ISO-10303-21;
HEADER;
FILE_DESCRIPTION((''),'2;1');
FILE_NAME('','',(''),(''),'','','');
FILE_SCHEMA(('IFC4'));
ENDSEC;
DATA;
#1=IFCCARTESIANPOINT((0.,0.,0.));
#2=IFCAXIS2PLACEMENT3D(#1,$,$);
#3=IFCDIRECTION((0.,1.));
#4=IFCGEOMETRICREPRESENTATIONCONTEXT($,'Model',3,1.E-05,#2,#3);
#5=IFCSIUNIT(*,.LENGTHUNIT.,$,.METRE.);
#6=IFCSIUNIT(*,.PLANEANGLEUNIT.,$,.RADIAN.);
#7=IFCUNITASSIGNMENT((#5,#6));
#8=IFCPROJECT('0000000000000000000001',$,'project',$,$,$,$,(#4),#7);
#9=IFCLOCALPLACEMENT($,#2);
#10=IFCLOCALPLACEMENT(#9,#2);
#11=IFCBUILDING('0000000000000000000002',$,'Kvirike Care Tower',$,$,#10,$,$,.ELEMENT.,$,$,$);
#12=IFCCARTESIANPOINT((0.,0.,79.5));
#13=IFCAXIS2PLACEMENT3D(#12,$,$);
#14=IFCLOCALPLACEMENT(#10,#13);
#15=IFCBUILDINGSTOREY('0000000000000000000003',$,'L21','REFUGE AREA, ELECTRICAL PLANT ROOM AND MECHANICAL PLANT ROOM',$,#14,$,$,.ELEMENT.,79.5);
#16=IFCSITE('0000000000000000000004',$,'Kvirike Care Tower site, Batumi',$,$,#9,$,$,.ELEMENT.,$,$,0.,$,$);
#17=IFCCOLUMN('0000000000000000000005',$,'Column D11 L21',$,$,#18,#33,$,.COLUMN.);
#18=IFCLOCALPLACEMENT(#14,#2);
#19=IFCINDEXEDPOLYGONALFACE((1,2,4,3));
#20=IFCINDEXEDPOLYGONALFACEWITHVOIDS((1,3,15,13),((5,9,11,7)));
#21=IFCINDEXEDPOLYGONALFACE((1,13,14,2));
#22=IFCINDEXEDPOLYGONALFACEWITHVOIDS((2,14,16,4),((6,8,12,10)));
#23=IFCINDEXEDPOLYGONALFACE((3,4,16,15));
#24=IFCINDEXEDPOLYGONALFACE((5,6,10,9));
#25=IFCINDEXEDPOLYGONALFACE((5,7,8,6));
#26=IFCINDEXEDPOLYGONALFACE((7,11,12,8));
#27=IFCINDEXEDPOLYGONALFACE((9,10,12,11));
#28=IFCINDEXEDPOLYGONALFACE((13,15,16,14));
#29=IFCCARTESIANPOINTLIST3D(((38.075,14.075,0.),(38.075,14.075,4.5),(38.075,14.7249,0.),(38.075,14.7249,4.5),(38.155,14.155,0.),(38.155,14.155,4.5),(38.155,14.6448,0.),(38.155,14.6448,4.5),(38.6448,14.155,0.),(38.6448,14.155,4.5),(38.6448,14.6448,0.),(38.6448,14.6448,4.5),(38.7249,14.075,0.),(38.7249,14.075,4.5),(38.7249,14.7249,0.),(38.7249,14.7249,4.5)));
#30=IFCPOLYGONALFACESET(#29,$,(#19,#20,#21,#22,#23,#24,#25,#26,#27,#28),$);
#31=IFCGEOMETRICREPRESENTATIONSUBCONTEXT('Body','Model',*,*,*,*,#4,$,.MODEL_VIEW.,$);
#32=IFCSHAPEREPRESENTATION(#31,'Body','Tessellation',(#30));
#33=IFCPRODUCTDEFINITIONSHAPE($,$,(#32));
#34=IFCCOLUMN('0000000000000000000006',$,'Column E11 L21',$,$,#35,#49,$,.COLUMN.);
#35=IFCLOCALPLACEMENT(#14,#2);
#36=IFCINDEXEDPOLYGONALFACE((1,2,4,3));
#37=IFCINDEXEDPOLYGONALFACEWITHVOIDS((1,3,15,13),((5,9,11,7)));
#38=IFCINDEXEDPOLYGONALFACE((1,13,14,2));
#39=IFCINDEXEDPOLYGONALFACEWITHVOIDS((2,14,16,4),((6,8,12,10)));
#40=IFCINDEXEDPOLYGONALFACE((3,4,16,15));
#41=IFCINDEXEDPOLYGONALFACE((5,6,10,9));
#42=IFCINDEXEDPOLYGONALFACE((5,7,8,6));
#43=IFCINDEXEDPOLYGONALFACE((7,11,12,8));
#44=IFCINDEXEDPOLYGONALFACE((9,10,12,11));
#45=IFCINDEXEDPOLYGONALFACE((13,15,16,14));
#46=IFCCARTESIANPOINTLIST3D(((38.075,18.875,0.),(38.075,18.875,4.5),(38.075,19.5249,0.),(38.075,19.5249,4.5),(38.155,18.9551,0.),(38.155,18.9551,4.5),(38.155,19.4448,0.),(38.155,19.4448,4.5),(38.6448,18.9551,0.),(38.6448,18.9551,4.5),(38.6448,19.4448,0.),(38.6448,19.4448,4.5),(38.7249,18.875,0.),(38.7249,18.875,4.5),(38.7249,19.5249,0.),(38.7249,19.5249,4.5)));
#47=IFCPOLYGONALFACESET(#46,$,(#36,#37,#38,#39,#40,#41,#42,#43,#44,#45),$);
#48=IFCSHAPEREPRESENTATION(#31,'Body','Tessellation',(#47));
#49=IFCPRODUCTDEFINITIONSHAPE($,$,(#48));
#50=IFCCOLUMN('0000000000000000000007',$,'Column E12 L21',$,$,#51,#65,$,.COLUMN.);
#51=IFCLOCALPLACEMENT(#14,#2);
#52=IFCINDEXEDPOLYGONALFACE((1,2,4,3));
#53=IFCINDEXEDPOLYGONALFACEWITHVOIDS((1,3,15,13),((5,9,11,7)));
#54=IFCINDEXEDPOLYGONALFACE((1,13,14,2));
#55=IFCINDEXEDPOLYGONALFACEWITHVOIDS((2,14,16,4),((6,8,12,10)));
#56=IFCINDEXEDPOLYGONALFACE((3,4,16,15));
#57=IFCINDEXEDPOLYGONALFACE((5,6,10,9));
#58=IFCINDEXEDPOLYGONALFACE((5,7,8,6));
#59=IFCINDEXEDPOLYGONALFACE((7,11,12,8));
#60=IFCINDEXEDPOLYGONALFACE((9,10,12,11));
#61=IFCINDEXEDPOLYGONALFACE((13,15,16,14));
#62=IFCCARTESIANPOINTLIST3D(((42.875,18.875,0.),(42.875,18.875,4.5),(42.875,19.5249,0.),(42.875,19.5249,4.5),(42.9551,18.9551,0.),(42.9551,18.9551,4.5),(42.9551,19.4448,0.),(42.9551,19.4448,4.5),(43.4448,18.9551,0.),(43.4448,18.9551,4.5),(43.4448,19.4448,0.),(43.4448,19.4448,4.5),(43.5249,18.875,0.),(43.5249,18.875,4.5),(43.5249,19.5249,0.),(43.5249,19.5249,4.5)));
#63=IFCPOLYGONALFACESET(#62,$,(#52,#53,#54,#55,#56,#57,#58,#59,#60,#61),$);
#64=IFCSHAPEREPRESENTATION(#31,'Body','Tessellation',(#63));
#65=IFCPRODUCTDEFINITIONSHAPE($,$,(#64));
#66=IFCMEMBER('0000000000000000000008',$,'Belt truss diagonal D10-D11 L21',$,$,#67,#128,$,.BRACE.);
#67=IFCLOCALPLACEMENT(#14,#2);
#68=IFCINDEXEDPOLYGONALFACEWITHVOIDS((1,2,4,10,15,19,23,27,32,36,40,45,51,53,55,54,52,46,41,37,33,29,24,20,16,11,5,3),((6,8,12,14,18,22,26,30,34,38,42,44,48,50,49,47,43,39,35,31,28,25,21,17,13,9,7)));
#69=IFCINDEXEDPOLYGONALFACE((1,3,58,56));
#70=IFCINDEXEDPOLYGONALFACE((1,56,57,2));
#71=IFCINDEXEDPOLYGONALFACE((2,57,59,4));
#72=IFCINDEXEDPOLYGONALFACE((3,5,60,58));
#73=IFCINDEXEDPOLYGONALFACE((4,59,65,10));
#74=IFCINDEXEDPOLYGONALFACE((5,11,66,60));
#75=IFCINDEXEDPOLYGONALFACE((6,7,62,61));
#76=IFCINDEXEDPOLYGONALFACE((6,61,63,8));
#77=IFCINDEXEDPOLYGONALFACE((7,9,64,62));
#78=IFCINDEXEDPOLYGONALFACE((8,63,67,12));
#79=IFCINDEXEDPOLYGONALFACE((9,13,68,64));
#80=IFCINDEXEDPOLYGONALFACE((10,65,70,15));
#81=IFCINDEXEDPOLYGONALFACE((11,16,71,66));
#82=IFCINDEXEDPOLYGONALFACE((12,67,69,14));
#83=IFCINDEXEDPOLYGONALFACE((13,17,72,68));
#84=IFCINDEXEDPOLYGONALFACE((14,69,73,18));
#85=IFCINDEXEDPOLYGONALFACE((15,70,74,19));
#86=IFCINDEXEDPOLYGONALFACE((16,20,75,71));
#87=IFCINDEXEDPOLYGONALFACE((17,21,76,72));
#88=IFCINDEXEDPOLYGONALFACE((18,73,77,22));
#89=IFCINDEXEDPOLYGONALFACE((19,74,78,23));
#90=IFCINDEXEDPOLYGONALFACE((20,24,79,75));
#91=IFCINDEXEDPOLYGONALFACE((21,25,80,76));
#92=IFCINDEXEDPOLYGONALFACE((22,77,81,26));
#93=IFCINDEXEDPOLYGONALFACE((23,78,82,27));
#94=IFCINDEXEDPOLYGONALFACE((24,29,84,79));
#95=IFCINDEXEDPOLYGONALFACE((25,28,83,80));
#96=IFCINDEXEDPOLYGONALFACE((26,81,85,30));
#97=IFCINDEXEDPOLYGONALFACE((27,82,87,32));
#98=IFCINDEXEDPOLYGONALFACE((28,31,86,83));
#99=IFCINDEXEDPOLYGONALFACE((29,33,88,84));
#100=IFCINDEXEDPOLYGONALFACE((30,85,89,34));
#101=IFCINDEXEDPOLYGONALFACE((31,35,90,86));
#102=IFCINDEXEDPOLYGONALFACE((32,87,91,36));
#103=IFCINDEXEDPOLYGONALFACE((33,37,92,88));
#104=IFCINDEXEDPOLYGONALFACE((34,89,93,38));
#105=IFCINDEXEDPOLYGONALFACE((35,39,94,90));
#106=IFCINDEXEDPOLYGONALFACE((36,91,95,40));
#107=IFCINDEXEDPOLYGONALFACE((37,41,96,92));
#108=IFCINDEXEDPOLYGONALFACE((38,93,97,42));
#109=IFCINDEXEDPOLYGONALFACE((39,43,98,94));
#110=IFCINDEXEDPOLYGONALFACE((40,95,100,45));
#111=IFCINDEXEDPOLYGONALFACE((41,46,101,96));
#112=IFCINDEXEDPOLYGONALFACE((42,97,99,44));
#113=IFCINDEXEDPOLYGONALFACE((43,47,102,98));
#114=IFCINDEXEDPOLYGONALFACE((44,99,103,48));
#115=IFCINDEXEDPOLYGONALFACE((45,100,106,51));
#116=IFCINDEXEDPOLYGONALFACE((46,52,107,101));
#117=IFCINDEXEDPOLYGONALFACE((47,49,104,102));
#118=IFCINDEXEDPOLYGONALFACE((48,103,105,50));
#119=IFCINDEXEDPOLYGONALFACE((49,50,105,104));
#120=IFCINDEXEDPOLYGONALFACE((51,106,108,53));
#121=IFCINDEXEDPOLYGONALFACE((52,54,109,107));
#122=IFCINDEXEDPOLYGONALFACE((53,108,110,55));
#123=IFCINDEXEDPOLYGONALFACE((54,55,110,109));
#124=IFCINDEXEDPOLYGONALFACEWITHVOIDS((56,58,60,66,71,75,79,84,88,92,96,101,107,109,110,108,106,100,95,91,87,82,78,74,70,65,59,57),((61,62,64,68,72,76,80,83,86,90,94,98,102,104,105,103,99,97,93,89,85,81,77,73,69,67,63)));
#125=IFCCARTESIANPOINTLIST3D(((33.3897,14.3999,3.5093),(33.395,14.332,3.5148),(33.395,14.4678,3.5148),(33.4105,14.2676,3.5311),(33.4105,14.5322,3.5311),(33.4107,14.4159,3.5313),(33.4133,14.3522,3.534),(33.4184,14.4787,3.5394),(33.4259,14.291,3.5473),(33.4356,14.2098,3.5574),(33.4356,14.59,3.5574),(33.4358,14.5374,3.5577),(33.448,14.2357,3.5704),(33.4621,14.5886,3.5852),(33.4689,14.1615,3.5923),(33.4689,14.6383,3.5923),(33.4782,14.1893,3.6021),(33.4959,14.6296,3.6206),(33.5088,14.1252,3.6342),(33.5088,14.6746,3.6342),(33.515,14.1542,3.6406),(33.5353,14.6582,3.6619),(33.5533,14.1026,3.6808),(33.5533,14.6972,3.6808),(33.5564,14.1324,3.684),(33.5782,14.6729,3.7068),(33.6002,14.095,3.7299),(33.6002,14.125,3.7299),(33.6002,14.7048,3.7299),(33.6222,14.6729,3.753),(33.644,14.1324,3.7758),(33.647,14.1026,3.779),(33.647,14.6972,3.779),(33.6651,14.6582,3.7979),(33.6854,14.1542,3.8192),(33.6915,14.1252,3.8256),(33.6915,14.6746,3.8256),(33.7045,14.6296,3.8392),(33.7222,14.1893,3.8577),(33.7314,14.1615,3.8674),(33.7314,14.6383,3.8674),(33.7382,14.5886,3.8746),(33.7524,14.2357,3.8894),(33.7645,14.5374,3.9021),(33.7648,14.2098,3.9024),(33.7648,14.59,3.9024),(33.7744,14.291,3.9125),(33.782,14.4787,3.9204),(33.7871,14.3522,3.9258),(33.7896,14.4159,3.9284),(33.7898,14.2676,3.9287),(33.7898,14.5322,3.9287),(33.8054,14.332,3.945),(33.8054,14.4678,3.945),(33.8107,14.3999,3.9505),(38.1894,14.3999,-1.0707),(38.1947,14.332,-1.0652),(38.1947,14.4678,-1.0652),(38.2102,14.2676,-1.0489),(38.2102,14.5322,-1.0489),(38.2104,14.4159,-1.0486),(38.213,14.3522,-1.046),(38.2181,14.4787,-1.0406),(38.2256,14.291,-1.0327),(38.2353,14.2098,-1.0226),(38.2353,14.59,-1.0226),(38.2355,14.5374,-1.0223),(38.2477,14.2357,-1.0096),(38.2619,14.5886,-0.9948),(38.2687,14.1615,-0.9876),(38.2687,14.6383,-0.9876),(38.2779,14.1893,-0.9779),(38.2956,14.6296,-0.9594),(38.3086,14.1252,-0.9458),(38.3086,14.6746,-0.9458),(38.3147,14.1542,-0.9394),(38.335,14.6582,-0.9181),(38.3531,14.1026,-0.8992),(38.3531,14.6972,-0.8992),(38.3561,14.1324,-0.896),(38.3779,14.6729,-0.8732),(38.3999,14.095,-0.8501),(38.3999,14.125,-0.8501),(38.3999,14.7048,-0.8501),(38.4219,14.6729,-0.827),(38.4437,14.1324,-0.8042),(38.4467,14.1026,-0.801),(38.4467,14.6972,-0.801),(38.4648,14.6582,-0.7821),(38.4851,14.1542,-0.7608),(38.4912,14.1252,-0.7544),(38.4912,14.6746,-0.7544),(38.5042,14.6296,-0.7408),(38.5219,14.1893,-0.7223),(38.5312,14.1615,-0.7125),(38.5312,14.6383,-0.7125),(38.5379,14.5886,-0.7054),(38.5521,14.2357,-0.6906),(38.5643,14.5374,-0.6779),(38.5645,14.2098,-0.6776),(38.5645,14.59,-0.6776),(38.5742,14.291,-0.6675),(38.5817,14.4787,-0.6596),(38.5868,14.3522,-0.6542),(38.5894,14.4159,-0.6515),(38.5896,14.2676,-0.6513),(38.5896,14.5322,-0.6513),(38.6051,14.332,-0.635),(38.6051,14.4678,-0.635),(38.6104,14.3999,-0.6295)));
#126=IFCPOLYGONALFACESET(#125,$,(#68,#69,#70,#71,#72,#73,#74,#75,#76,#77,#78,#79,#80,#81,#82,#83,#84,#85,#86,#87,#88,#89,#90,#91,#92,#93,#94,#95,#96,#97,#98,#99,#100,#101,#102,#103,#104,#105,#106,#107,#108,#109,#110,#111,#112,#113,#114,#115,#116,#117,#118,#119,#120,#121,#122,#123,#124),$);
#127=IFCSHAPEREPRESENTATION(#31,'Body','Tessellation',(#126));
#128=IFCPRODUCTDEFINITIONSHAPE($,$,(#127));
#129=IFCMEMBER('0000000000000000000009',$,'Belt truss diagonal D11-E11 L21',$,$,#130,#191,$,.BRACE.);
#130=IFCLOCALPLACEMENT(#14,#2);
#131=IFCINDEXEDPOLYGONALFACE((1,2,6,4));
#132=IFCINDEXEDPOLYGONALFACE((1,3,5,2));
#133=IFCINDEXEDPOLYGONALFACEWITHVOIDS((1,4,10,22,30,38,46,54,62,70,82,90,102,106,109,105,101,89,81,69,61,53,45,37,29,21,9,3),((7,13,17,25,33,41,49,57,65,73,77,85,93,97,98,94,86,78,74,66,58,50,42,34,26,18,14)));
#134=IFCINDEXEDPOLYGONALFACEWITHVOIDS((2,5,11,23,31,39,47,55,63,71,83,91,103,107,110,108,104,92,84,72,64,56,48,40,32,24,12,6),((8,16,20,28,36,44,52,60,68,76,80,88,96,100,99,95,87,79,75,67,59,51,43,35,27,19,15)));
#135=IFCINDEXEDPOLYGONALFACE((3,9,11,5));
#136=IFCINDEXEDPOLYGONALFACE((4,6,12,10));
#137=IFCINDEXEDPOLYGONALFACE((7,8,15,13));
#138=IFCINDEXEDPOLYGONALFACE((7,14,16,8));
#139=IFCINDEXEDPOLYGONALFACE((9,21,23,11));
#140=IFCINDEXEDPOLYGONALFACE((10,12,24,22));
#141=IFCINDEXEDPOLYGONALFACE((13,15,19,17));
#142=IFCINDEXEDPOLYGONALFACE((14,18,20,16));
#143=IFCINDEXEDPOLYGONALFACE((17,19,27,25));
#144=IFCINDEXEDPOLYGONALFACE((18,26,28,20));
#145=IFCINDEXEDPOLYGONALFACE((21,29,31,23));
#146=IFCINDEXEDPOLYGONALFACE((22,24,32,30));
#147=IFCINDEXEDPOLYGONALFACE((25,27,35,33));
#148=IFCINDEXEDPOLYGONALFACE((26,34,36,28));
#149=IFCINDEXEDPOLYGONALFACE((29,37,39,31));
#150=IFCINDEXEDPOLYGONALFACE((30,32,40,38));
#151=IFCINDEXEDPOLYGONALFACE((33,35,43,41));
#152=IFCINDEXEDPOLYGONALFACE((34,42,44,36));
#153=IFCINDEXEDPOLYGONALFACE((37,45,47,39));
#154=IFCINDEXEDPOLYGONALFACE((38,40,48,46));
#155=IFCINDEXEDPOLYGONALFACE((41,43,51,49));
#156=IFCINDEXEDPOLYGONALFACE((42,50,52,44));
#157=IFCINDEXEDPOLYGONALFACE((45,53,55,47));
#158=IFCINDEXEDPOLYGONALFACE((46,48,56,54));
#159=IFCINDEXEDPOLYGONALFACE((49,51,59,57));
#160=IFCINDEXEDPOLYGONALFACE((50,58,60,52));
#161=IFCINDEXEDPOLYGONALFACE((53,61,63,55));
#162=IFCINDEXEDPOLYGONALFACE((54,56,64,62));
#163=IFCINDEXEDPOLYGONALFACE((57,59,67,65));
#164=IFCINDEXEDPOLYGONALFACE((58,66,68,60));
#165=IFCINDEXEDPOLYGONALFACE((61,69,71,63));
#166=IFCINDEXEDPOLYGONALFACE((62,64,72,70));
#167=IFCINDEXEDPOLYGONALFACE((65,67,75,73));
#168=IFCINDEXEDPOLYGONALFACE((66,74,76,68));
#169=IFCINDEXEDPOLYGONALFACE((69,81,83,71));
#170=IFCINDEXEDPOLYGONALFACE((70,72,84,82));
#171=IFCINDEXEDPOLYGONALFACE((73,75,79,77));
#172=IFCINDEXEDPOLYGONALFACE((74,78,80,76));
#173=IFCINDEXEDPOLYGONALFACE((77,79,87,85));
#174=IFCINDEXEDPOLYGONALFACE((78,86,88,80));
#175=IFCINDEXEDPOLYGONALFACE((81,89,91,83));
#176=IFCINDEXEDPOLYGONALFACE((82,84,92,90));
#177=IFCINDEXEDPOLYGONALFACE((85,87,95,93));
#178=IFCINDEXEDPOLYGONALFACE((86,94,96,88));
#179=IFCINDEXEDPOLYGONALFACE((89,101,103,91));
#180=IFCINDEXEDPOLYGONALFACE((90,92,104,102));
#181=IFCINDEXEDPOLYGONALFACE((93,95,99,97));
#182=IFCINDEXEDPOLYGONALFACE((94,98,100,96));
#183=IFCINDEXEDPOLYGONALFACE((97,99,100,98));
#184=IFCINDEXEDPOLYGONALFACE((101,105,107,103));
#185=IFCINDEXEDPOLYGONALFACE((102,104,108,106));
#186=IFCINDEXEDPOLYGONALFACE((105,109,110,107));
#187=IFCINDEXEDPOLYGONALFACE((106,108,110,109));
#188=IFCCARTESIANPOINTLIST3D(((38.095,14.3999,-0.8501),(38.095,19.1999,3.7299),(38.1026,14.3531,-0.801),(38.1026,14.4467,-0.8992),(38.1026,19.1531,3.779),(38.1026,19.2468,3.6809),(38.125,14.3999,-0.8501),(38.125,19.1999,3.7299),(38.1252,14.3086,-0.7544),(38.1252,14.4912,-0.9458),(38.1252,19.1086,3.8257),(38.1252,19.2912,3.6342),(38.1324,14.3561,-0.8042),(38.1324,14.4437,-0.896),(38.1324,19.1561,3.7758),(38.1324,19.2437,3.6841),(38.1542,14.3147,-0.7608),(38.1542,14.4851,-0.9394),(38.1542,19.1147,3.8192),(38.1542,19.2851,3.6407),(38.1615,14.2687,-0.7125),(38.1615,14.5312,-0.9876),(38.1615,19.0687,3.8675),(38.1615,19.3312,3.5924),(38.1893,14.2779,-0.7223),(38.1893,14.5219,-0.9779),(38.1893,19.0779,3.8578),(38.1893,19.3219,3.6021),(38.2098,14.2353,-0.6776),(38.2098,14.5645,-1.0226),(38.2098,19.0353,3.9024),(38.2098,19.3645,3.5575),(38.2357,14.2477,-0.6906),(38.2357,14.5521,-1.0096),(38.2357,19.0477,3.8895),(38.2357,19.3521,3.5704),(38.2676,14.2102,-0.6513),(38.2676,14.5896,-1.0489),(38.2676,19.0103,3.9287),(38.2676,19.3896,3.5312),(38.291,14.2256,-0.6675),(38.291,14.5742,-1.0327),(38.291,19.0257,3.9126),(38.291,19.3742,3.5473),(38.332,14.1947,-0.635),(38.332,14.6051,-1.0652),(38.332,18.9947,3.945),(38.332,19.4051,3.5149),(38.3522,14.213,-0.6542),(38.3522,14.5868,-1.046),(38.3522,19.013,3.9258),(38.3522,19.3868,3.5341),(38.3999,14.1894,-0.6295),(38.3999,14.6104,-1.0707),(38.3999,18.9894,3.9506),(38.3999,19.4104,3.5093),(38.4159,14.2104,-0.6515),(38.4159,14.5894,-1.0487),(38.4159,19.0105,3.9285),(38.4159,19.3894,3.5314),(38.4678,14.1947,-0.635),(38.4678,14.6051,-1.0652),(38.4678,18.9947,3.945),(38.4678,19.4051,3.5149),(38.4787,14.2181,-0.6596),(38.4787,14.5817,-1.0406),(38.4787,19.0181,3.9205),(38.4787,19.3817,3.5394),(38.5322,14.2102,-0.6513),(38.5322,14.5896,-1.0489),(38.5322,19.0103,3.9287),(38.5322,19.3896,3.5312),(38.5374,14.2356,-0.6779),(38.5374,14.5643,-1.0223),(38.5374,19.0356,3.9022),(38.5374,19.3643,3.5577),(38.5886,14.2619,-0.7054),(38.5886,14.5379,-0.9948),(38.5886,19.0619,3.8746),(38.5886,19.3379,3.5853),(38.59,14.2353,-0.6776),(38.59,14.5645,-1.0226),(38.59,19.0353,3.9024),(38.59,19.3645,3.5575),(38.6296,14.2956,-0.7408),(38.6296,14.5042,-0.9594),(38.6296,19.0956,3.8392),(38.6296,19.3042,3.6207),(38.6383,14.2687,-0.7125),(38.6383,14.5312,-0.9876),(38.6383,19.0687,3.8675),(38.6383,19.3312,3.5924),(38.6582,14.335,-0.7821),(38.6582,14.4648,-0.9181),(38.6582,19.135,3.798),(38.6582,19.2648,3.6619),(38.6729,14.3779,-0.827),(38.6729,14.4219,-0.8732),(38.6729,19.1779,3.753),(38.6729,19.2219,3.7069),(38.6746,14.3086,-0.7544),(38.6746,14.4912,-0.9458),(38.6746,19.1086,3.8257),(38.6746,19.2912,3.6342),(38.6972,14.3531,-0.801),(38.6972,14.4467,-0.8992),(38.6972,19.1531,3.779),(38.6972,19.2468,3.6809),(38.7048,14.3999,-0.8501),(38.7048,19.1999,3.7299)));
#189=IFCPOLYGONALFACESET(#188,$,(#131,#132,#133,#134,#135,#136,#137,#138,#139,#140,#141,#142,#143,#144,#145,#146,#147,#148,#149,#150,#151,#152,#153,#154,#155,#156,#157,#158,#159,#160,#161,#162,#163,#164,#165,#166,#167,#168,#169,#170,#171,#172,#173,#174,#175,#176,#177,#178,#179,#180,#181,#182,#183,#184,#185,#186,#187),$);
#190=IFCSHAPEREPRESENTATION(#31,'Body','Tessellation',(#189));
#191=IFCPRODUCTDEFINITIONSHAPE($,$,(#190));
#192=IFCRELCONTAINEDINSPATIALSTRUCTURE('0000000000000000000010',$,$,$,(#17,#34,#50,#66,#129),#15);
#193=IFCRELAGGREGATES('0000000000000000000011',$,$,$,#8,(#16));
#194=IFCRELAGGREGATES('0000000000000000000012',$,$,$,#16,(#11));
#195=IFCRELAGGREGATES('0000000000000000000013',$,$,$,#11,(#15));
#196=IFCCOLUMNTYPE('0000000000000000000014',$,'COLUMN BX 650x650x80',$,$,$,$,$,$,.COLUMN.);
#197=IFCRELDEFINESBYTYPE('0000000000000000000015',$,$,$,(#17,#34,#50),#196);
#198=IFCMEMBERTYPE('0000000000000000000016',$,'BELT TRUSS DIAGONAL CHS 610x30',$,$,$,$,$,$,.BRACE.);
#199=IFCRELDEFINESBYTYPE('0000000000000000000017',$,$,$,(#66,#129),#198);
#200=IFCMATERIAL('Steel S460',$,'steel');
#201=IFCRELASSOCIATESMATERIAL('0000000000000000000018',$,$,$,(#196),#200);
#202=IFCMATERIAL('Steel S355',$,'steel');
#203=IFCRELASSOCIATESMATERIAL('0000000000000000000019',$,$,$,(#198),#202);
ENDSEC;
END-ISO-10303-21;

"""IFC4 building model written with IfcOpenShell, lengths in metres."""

from ifc_helpers import new_model, si_unit, direction, frame, origin, origin_2d, place, context, subcontext, project, spatial, hollow_rectangle, hollow_circle, extrude, material, material_profile, profile_set, type_object, element, save


model = new_model("IFC4")

# Units and contexts
model_context = context("Model", 3, precision=1e-05, world=origin(), true_north=direction((0.0, 1.0)))
body_context = subcontext(model_context, "Body", "Model", "MODEL_VIEW")
ifc_project = project(units=[si_unit("LENGTHUNIT", "METRE"), si_unit("PLANEANGLEUNIT", "RADIAN")], contexts=[model_context])

# Site, building, storey
site_placement = place(None, origin())
site = spatial("IfcSite", under=ifc_project, at=site_placement, Name="Kvirike Care Tower site, Batumi", CompositionType="ELEMENT", RefElevation=0.0)
building_placement = place(site_placement, origin())
building = spatial("IfcBuilding", under=site, at=building_placement, Name="Kvirike Care Tower", CompositionType="ELEMENT")
storey_placement = place(building_placement, frame((0.0, 0.0, 79.5)))
storey = spatial("IfcBuildingStorey", under=building, at=storey_placement, Name="L21", Description="REFUGE AREA, ELECTRICAL PLANT ROOM AND MECHANICAL PLANT ROOM", CompositionType="ELEMENT", Elevation=79.5)

# Columns
ifc_material_1 = material(Name="Steel S460", Category="steel")
ifc_material_profile_1 = material_profile(ifc_material_1, hollow_rectangle(XDim=0.6499, YDim=0.6499, WallThickness=0.0801, at=origin_2d()), Name="BX 650x650x80")
ifc_profile_set_1 = profile_set([ifc_material_profile_1], Name="Steel S460")
column_type = type_object("IfcColumnType", Name="COLUMN BX 650x650x80", PredefinedType="COLUMN", material=ifc_profile_set_1)
for number, where, z_axis, x_axis, name in (
    (1, (38.3999, 14.3999, 0.0), (0.0, 0.0, 1.0), (0.0, 1.0, 0.0), "Column D11 L21"),
    (2, (38.3999, 19.2, 0.0), (0.0, 0.0, 1.0), (0.0, 1.0, 0.0), "Column E11 L21"),
    (3, (43.2, 19.2, 0.0), (0.0, 0.0, 1.0), (0.0, 1.0, 0.0), "Column E12 L21"),
):
    element("IfcColumn", number, at=place(storey_placement, frame(where, z_axis=z_axis, x_axis=x_axis)), inside=storey, type_object=column_type, Name=name, PredefinedType="COLUMN", context=body_context, shape_type="SweptSolid", body=[
        extrude(hollow_rectangle(XDim=0.6499, YDim=0.6499, WallThickness=0.0801, at=origin_2d()), origin(), (0.0, 0.0, 1.0), 4.5),
    ])

# Members
ifc_material_2 = material(Name="Steel S355", Category="steel")
ifc_material_profile_2 = material_profile(ifc_material_2, hollow_circle(Radius=0.3049, WallThickness=0.03, at=origin_2d()), Name="CHS 610x30")
ifc_profile_set_2 = profile_set([ifc_material_profile_2], Name="Steel S355")
member_type_1 = type_object("IfcMemberType", Name="BELT TRUSS DIAGONAL CHS 610x30", PredefinedType="BRACE", material=ifc_profile_set_2)
member_1_placement = place(storey_placement, frame((38.3999, 14.3999, -0.8501), z_axis=(-0.723472, 0.0, 0.690353), x_axis=(0.0, -1.0, 0.0)))
element("IfcMember", 4, at=member_1_placement, inside=storey, type_object=member_type_1, Name="Belt truss diagonal D10-D11 L21", PredefinedType="BRACE", context=body_context, shape_type="SweptSolid", body=[
    extrude(hollow_circle(Radius=0.3049, WallThickness=0.03, at=origin_2d()), origin(), (0.0, 0.0, 1.0), 6.6343),
])
for number, where, z_axis, x_axis, name in (
    (5, (38.3999, 14.3999, -0.8501), (0.0, 0.72349, 0.690335), (-1.0, 0.0, 0.0), "Belt truss diagonal D11-E11 L21"),
):
    element("IfcMember", number, at=place(storey_placement, frame(where, z_axis=z_axis, x_axis=x_axis)), inside=storey, type_object=member_type_1, Name=name, PredefinedType="BRACE", context=body_context, shape_type="SweptSolid", body=[
        extrude(hollow_circle(Radius=0.3049, WallThickness=0.03, at=origin_2d()), origin(), (0.0, 0.0, 1.0), 6.6345),
    ])

save(model, "model.ifc")
